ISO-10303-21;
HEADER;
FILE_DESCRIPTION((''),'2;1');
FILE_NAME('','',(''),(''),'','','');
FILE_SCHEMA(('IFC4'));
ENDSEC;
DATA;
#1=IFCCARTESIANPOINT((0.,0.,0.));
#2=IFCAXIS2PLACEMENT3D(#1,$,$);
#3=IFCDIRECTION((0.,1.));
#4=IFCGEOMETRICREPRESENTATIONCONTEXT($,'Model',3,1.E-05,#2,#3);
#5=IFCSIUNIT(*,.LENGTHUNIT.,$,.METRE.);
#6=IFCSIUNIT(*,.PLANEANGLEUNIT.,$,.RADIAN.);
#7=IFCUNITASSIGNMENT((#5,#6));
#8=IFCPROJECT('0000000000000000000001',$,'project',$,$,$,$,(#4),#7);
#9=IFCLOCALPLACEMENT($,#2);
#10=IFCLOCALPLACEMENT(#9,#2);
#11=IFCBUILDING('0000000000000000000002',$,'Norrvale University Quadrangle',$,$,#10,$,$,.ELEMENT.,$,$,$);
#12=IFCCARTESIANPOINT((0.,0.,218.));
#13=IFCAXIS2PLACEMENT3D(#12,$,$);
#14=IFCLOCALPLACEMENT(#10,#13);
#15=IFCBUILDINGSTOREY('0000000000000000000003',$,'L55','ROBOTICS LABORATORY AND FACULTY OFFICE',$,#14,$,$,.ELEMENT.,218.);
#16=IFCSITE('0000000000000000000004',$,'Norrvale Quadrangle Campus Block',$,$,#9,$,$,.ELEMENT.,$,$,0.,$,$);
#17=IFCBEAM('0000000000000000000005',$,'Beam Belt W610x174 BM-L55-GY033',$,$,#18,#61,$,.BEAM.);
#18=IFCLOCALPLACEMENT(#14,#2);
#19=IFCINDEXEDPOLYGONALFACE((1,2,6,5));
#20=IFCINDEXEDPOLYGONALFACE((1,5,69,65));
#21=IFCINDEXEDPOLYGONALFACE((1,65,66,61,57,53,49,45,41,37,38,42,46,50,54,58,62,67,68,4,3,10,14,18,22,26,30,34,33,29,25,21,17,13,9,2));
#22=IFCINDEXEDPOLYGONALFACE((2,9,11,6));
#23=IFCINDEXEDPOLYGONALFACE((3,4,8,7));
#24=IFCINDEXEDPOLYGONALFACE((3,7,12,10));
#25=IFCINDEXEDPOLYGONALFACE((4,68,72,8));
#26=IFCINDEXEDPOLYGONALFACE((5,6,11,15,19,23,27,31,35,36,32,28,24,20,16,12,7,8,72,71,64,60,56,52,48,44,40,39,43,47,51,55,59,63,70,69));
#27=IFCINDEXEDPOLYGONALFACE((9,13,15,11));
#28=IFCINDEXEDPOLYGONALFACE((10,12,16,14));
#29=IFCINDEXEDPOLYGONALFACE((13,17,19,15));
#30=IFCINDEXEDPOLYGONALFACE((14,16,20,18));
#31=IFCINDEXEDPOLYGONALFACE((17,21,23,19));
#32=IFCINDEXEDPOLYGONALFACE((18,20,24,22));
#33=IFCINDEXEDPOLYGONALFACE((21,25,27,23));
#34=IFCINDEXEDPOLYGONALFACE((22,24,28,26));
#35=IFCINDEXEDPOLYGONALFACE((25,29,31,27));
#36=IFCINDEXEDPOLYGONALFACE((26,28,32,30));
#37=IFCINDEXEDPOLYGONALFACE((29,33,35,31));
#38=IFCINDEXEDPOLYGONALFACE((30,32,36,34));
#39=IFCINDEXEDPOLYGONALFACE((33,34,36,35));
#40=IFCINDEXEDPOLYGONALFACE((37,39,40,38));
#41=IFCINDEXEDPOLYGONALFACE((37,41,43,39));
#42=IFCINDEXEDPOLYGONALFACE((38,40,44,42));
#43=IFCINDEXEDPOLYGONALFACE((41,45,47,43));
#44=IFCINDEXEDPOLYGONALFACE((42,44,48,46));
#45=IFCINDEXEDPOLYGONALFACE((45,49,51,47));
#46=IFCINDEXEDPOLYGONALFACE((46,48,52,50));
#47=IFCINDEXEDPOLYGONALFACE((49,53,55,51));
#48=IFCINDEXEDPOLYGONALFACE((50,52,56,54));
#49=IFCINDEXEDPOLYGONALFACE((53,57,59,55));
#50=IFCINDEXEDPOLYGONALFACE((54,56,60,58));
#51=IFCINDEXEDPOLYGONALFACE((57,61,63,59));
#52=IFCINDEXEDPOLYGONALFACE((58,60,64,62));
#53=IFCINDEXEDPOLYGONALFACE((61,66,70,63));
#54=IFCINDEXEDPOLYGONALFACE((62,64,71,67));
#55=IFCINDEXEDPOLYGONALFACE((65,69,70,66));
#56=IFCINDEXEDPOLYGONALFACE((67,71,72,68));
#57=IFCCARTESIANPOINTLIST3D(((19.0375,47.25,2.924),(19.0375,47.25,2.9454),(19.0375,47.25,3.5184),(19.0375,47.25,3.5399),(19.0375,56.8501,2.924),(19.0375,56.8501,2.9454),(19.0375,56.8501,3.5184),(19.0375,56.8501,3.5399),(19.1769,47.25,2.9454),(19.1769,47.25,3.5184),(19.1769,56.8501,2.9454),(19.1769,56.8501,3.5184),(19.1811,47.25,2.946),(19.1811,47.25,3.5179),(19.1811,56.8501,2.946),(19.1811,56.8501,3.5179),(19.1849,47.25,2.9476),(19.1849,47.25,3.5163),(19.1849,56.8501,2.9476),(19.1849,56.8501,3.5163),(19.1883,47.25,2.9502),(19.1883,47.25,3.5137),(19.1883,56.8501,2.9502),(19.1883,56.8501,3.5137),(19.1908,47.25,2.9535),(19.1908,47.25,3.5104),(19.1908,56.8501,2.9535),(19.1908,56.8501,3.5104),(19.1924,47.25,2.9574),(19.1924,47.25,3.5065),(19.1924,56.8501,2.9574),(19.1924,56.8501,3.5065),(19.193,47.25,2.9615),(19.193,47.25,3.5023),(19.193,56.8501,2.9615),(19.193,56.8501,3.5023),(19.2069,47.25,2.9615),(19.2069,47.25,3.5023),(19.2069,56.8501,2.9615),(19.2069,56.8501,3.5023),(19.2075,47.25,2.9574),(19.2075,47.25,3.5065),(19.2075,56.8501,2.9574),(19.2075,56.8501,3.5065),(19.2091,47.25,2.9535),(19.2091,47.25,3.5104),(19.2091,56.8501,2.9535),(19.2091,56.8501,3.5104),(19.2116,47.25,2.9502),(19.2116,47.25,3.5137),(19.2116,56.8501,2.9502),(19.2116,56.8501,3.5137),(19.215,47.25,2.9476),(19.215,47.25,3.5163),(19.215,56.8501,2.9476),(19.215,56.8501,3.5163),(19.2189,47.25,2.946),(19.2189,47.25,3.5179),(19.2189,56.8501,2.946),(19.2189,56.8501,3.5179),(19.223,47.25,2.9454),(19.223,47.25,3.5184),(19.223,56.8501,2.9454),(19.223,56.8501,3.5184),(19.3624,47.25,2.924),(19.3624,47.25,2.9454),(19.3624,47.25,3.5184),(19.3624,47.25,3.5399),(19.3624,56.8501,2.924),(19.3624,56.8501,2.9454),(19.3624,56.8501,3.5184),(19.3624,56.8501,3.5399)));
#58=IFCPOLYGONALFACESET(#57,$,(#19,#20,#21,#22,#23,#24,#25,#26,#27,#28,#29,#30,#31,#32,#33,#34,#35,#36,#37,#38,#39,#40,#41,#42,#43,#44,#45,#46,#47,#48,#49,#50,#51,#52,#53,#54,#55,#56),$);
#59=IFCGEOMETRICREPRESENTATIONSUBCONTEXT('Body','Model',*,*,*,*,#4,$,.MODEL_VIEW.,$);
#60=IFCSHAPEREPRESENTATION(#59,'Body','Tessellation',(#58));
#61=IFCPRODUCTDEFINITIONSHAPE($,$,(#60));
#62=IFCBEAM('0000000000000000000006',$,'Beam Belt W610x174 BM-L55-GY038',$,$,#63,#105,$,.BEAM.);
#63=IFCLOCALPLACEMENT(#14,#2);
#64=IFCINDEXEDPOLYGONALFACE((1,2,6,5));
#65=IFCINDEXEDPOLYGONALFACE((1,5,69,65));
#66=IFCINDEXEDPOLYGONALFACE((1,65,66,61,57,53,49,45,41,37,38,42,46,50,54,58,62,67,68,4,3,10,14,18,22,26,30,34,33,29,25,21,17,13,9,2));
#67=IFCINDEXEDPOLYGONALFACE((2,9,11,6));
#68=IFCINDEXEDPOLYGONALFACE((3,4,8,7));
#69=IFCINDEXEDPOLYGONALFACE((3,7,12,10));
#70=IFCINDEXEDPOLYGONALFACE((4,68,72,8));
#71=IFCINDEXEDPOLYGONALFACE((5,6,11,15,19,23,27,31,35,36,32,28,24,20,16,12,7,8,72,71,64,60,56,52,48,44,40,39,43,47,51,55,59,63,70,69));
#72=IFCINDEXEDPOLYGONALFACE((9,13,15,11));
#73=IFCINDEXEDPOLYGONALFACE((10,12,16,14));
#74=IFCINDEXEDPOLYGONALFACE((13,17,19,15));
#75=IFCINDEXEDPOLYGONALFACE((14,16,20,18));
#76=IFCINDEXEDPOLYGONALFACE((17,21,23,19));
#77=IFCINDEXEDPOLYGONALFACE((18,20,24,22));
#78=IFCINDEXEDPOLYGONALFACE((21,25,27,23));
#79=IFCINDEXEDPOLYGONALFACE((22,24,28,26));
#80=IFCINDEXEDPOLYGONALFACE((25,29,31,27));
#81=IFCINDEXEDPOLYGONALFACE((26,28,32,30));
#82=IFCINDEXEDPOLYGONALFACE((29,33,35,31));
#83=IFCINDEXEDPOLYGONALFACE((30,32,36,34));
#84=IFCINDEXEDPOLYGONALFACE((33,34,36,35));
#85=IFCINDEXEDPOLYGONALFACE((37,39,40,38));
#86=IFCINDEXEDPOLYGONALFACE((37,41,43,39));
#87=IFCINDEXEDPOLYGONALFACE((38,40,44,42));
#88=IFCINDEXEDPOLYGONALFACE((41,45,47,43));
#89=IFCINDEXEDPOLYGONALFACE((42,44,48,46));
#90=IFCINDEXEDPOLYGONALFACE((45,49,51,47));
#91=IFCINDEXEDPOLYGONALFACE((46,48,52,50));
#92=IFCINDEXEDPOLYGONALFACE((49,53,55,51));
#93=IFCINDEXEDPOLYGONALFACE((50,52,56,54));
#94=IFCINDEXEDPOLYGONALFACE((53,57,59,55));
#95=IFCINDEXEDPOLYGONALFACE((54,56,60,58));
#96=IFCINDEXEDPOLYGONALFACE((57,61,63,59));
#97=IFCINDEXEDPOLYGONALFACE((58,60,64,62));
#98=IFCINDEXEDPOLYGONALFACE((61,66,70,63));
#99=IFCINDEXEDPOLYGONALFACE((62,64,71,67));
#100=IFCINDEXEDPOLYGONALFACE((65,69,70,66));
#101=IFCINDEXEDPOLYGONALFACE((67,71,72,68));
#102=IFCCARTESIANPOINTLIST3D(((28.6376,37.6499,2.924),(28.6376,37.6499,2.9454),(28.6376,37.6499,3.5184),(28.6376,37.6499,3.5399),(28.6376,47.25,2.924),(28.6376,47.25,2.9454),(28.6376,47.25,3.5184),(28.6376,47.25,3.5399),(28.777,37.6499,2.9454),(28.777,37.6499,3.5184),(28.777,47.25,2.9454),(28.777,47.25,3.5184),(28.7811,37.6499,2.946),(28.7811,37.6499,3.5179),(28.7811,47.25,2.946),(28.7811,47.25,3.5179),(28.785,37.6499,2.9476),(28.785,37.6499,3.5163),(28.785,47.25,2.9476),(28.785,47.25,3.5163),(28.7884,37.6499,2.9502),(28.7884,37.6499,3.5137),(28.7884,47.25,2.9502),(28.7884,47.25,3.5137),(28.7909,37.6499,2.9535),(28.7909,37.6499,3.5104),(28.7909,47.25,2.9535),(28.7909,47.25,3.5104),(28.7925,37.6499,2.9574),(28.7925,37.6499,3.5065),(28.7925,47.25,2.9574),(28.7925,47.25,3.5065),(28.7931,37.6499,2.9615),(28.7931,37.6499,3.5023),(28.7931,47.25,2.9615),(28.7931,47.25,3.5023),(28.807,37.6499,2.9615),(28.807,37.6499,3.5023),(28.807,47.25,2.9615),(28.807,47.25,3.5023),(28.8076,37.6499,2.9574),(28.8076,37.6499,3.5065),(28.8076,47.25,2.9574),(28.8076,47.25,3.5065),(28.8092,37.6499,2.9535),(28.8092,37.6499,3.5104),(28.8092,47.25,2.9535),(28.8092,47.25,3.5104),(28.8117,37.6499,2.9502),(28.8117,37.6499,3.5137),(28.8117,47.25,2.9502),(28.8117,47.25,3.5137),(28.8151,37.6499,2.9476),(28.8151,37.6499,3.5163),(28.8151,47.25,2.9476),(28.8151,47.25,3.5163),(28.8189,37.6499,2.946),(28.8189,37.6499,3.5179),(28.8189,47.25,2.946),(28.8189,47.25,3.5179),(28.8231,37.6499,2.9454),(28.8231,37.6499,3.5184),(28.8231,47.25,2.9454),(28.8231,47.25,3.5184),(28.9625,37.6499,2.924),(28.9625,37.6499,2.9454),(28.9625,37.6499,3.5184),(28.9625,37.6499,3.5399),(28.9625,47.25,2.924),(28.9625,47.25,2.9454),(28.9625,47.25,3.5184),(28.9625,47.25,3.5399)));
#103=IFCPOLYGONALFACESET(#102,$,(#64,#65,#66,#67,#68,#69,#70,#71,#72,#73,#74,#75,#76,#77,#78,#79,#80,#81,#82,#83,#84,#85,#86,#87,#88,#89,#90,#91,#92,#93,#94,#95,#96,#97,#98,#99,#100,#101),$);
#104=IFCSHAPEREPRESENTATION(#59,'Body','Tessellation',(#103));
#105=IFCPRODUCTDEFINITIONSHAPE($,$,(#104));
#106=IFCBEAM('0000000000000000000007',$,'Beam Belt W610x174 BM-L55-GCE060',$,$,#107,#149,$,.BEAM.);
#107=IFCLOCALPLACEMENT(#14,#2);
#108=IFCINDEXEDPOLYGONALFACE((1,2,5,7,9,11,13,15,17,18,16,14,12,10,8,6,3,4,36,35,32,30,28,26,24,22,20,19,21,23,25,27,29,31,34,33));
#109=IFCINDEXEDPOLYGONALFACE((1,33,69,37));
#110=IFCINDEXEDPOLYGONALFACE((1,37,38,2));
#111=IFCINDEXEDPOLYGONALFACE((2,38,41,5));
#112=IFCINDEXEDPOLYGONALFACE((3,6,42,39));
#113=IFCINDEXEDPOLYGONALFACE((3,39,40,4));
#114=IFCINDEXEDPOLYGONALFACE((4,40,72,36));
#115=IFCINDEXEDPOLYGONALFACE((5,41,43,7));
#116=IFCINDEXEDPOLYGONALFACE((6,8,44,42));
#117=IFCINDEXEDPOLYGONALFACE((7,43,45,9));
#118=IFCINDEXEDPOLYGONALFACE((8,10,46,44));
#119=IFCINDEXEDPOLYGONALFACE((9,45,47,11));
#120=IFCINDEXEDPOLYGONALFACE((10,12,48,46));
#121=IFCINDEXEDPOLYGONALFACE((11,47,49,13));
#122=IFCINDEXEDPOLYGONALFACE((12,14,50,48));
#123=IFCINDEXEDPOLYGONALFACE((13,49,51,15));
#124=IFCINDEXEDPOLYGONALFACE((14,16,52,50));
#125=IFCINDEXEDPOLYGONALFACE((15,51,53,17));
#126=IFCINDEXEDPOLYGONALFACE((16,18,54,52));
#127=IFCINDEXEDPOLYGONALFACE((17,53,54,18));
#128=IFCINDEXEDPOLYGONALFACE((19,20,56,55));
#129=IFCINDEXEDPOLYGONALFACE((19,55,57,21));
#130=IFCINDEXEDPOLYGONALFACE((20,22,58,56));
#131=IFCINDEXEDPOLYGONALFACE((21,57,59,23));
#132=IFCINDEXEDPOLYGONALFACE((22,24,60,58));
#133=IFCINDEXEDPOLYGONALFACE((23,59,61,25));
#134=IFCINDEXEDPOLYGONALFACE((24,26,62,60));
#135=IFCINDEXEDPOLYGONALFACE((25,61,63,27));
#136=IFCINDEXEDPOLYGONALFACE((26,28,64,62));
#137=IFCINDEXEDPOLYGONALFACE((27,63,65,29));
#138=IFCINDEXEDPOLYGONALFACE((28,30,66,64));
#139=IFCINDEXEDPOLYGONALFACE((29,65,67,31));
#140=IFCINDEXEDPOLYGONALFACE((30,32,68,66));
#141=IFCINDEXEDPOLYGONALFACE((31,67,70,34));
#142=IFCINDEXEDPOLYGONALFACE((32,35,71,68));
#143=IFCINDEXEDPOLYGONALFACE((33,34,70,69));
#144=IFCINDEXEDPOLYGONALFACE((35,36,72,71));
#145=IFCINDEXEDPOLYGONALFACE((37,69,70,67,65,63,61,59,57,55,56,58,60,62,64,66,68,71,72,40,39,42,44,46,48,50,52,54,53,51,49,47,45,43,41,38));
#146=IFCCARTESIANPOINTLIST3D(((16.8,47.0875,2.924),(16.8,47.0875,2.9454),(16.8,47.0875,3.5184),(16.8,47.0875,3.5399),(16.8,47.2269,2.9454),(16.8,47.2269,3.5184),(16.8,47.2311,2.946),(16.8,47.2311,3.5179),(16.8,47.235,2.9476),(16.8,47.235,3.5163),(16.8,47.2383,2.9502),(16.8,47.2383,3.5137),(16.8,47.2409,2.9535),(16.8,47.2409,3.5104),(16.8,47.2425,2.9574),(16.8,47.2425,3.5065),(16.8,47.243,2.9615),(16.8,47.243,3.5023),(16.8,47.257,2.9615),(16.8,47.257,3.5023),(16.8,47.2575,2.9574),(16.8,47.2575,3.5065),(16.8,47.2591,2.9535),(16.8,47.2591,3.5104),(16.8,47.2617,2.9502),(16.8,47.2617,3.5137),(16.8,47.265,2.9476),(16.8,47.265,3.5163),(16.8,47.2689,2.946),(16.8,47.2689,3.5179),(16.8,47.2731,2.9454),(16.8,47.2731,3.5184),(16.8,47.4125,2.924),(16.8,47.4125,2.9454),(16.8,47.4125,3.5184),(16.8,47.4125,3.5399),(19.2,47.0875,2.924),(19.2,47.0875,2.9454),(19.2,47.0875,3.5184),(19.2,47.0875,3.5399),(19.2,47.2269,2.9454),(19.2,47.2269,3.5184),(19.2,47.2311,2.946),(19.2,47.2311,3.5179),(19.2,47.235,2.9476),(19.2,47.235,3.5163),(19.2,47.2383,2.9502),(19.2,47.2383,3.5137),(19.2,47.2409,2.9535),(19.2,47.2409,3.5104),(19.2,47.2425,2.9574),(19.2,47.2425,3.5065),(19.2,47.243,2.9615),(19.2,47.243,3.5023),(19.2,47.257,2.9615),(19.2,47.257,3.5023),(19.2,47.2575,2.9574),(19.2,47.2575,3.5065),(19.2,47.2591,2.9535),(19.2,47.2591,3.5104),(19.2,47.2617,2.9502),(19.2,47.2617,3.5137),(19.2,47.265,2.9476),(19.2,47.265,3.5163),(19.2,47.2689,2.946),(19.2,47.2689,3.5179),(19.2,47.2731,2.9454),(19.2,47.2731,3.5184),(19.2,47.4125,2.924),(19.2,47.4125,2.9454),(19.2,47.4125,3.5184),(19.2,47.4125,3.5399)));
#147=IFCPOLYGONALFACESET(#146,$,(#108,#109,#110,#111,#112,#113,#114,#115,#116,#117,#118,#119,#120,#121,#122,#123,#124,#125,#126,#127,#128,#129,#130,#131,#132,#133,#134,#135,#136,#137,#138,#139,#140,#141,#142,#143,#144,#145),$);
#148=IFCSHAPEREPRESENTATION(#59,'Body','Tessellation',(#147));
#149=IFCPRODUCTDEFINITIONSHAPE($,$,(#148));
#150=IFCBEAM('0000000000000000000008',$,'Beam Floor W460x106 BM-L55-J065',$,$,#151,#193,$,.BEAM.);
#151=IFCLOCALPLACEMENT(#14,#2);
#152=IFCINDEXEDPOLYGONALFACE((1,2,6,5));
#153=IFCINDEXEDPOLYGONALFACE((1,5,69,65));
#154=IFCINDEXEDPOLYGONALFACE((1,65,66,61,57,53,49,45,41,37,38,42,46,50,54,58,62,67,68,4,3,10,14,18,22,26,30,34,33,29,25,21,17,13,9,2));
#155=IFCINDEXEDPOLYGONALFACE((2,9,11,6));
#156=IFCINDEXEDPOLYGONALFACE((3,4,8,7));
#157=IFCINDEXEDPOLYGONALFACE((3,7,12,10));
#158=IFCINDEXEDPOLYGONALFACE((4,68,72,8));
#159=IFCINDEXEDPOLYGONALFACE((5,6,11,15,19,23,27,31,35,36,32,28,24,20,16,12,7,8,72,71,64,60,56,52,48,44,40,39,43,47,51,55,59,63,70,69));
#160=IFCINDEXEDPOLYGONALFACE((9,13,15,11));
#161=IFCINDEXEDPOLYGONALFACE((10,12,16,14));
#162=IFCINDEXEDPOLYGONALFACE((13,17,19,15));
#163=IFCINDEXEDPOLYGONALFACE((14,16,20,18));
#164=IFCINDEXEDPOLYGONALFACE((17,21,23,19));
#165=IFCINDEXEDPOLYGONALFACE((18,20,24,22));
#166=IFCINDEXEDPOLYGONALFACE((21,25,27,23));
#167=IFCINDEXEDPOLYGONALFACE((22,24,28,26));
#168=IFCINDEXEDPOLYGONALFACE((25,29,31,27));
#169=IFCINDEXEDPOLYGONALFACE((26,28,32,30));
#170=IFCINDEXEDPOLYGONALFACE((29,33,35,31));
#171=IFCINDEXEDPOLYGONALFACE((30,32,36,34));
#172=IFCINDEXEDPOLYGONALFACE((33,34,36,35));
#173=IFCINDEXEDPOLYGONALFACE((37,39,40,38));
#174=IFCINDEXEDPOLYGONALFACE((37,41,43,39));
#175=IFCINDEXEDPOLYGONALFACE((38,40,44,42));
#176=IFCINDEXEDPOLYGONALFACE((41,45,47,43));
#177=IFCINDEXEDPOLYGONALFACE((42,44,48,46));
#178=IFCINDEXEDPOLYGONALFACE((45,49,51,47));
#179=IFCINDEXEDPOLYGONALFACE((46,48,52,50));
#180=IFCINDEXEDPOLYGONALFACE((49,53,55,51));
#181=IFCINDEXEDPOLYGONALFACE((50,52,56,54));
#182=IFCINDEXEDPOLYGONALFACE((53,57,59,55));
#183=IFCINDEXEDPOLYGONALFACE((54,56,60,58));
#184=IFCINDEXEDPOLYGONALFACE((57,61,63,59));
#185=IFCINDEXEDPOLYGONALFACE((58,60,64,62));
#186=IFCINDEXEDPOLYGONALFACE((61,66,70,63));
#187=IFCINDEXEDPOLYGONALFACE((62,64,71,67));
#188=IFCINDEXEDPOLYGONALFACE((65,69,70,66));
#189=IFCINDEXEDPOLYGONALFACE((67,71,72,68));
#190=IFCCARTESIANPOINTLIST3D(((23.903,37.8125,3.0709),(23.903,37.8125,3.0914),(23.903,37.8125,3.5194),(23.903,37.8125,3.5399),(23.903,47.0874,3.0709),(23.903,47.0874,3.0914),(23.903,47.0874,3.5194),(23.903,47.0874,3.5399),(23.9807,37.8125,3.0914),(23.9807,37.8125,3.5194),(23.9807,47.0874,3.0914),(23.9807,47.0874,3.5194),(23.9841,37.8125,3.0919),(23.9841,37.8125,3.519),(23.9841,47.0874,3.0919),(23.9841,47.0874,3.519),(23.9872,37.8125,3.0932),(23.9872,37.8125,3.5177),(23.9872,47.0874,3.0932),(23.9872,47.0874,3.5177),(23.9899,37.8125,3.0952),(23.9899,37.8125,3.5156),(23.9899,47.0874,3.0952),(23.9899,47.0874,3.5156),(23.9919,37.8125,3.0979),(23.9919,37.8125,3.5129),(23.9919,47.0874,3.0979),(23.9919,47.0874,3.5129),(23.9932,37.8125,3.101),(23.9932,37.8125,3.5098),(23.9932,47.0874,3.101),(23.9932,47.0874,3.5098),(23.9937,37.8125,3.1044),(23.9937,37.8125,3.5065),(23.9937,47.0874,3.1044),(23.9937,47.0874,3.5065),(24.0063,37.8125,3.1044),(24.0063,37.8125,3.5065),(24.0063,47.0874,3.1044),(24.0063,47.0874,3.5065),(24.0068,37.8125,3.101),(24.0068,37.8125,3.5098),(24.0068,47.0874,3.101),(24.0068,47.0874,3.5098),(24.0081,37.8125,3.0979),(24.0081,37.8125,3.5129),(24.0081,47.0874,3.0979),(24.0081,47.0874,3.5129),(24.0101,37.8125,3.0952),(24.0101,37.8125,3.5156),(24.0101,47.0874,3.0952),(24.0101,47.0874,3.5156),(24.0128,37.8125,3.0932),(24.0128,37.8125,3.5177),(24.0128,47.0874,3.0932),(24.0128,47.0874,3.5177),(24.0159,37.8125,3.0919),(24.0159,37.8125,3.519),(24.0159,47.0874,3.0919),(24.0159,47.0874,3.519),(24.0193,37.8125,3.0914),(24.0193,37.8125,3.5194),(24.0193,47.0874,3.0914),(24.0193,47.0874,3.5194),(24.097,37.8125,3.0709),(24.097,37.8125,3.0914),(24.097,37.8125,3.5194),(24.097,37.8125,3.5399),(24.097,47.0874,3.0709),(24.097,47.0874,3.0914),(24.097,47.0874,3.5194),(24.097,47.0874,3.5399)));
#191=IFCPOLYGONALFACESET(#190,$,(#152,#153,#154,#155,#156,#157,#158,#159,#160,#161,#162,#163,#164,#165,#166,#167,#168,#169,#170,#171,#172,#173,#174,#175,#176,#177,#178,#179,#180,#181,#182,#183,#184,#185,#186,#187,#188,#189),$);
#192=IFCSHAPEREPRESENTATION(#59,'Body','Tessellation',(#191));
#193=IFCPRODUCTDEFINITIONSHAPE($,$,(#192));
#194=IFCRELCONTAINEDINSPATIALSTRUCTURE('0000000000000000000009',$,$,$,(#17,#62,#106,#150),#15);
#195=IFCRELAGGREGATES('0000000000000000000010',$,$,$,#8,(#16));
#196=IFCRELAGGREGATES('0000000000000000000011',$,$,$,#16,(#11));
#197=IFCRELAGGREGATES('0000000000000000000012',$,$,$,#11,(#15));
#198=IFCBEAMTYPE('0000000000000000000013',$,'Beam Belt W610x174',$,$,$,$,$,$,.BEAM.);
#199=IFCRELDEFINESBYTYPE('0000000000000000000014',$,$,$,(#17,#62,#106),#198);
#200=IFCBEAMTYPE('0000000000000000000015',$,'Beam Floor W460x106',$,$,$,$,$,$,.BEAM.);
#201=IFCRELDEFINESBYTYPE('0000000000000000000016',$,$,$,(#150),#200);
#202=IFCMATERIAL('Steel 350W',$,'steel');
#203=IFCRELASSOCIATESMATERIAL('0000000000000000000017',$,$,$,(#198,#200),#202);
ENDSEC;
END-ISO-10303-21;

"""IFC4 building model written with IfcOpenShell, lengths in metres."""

from ifc_helpers import new_model, si_unit, direction, frame, origin, origin_2d, place, context, subcontext, project, spatial, i_section, extrude, material, material_profile, profile_set, type_object, element, save


model = new_model("IFC4")

# Units and contexts
model_context = context("Model", 3, precision=1e-05, world=origin(), true_north=direction((0.0, 1.0)))
body_context = subcontext(model_context, "Body", "Model", "MODEL_VIEW")
ifc_project = project(units=[si_unit("LENGTHUNIT", "METRE"), si_unit("PLANEANGLEUNIT", "RADIAN")], contexts=[model_context])

# Site, building, storey
site_placement = place(None, origin())
site = spatial("IfcSite", under=ifc_project, at=site_placement, Name="Norrvale Quadrangle Campus Block", CompositionType="ELEMENT", RefElevation=0.0)
building_placement = place(site_placement, origin())
building = spatial("IfcBuilding", under=site, at=building_placement, Name="Norrvale University Quadrangle", CompositionType="ELEMENT")
storey_placement = place(building_placement, frame((0.0, 0.0, 218.0)))
storey = spatial("IfcBuildingStorey", under=building, at=storey_placement, Name="L55", Description="ROBOTICS LABORATORY AND FACULTY OFFICE", CompositionType="ELEMENT", Elevation=218.0)

# Beams
ifc_material_1 = material(Name="Steel 350W", Category="steel")
ifc_material_profile_1 = material_profile(ifc_material_1, i_section(OverallWidth=0.325, OverallDepth=0.616, WebThickness=0.0139, FlangeThickness=0.0215, FilletRadius=0.0161, at=origin_2d()), Name="Steel 350W")
ifc_profile_set_1 = profile_set([ifc_material_profile_1], Name="Steel 350W")
beam_type_1 = type_object("IfcBeamType", Name="Beam Belt W610x174", PredefinedType="BEAM", material=ifc_profile_set_1)
for number, where, z_axis, x_axis, name in (
    (1, (19.2, 47.25, 3.2319), (0.0, 1.0, 0.0), (-1.0, 0.0, 0.0), "Beam Belt W610x174 BM-L55-GY033"),
    (2, (28.8, 37.6499, 3.2319), (0.0, 1.0, 0.0), (-1.0, 0.0, 0.0), "Beam Belt W610x174 BM-L55-GY038"),
):
    element("IfcBeam", number, at=place(storey_placement, frame(where, z_axis=z_axis, x_axis=x_axis)), inside=storey, type_object=beam_type_1, Name=name, PredefinedType="BEAM", context=body_context, shape_type="SweptSolid", body=[
        extrude(i_section(OverallWidth=0.325, OverallDepth=0.616, WebThickness=0.0139, FlangeThickness=0.0215, FilletRadius=0.0161, at=origin_2d()), origin(), (0.0, 0.0, 1.0), 9.6001),
    ])
beam_1_placement = place(storey_placement, frame((16.8, 47.25, 3.2319), z_axis=(1.0, 0.0, 0.0), x_axis=(0.0, 1.0, 0.0)))
element("IfcBeam", 3, at=beam_1_placement, inside=storey, type_object=beam_type_1, Name="Beam Belt W610x174 BM-L55-GCE060", PredefinedType="BEAM", context=body_context, shape_type="SweptSolid", body=[
    extrude(i_section(OverallWidth=0.325, OverallDepth=0.616, WebThickness=0.0139, FlangeThickness=0.0215, FilletRadius=0.0161, at=origin_2d()), origin(), (0.0, 0.0, 1.0), 2.3999),
])
ifc_material_profile_2 = material_profile(ifc_material_1, i_section(OverallWidth=0.1941, OverallDepth=0.469, WebThickness=0.0127, FlangeThickness=0.0205, FilletRadius=0.0129, at=origin_2d()), Name="Steel 350W")
ifc_profile_set_2 = profile_set([ifc_material_profile_2], Name="Steel 350W")
beam_type_2 = type_object("IfcBeamType", Name="Beam Floor W460x106", PredefinedType="BEAM", material=ifc_profile_set_2)
for number, where, z_axis, x_axis, name in (
    (4, (24.0, 37.8125, 3.3054), (0.0, 1.0, 0.0), (-1.0, 0.0, 0.0), "Beam Floor W460x106 BM-L55-J065"),
):
    element("IfcBeam", number, at=place(storey_placement, frame(where, z_axis=z_axis, x_axis=x_axis)), inside=storey, type_object=beam_type_2, Name=name, PredefinedType="BEAM", context=body_context, shape_type="SweptSolid", body=[
        extrude(i_section(OverallWidth=0.1941, OverallDepth=0.469, WebThickness=0.0127, FlangeThickness=0.0205, FilletRadius=0.0129, at=origin_2d()), origin(), (0.0, 0.0, 1.0), 9.2749),
    ])

save(model, "model.ifc")
